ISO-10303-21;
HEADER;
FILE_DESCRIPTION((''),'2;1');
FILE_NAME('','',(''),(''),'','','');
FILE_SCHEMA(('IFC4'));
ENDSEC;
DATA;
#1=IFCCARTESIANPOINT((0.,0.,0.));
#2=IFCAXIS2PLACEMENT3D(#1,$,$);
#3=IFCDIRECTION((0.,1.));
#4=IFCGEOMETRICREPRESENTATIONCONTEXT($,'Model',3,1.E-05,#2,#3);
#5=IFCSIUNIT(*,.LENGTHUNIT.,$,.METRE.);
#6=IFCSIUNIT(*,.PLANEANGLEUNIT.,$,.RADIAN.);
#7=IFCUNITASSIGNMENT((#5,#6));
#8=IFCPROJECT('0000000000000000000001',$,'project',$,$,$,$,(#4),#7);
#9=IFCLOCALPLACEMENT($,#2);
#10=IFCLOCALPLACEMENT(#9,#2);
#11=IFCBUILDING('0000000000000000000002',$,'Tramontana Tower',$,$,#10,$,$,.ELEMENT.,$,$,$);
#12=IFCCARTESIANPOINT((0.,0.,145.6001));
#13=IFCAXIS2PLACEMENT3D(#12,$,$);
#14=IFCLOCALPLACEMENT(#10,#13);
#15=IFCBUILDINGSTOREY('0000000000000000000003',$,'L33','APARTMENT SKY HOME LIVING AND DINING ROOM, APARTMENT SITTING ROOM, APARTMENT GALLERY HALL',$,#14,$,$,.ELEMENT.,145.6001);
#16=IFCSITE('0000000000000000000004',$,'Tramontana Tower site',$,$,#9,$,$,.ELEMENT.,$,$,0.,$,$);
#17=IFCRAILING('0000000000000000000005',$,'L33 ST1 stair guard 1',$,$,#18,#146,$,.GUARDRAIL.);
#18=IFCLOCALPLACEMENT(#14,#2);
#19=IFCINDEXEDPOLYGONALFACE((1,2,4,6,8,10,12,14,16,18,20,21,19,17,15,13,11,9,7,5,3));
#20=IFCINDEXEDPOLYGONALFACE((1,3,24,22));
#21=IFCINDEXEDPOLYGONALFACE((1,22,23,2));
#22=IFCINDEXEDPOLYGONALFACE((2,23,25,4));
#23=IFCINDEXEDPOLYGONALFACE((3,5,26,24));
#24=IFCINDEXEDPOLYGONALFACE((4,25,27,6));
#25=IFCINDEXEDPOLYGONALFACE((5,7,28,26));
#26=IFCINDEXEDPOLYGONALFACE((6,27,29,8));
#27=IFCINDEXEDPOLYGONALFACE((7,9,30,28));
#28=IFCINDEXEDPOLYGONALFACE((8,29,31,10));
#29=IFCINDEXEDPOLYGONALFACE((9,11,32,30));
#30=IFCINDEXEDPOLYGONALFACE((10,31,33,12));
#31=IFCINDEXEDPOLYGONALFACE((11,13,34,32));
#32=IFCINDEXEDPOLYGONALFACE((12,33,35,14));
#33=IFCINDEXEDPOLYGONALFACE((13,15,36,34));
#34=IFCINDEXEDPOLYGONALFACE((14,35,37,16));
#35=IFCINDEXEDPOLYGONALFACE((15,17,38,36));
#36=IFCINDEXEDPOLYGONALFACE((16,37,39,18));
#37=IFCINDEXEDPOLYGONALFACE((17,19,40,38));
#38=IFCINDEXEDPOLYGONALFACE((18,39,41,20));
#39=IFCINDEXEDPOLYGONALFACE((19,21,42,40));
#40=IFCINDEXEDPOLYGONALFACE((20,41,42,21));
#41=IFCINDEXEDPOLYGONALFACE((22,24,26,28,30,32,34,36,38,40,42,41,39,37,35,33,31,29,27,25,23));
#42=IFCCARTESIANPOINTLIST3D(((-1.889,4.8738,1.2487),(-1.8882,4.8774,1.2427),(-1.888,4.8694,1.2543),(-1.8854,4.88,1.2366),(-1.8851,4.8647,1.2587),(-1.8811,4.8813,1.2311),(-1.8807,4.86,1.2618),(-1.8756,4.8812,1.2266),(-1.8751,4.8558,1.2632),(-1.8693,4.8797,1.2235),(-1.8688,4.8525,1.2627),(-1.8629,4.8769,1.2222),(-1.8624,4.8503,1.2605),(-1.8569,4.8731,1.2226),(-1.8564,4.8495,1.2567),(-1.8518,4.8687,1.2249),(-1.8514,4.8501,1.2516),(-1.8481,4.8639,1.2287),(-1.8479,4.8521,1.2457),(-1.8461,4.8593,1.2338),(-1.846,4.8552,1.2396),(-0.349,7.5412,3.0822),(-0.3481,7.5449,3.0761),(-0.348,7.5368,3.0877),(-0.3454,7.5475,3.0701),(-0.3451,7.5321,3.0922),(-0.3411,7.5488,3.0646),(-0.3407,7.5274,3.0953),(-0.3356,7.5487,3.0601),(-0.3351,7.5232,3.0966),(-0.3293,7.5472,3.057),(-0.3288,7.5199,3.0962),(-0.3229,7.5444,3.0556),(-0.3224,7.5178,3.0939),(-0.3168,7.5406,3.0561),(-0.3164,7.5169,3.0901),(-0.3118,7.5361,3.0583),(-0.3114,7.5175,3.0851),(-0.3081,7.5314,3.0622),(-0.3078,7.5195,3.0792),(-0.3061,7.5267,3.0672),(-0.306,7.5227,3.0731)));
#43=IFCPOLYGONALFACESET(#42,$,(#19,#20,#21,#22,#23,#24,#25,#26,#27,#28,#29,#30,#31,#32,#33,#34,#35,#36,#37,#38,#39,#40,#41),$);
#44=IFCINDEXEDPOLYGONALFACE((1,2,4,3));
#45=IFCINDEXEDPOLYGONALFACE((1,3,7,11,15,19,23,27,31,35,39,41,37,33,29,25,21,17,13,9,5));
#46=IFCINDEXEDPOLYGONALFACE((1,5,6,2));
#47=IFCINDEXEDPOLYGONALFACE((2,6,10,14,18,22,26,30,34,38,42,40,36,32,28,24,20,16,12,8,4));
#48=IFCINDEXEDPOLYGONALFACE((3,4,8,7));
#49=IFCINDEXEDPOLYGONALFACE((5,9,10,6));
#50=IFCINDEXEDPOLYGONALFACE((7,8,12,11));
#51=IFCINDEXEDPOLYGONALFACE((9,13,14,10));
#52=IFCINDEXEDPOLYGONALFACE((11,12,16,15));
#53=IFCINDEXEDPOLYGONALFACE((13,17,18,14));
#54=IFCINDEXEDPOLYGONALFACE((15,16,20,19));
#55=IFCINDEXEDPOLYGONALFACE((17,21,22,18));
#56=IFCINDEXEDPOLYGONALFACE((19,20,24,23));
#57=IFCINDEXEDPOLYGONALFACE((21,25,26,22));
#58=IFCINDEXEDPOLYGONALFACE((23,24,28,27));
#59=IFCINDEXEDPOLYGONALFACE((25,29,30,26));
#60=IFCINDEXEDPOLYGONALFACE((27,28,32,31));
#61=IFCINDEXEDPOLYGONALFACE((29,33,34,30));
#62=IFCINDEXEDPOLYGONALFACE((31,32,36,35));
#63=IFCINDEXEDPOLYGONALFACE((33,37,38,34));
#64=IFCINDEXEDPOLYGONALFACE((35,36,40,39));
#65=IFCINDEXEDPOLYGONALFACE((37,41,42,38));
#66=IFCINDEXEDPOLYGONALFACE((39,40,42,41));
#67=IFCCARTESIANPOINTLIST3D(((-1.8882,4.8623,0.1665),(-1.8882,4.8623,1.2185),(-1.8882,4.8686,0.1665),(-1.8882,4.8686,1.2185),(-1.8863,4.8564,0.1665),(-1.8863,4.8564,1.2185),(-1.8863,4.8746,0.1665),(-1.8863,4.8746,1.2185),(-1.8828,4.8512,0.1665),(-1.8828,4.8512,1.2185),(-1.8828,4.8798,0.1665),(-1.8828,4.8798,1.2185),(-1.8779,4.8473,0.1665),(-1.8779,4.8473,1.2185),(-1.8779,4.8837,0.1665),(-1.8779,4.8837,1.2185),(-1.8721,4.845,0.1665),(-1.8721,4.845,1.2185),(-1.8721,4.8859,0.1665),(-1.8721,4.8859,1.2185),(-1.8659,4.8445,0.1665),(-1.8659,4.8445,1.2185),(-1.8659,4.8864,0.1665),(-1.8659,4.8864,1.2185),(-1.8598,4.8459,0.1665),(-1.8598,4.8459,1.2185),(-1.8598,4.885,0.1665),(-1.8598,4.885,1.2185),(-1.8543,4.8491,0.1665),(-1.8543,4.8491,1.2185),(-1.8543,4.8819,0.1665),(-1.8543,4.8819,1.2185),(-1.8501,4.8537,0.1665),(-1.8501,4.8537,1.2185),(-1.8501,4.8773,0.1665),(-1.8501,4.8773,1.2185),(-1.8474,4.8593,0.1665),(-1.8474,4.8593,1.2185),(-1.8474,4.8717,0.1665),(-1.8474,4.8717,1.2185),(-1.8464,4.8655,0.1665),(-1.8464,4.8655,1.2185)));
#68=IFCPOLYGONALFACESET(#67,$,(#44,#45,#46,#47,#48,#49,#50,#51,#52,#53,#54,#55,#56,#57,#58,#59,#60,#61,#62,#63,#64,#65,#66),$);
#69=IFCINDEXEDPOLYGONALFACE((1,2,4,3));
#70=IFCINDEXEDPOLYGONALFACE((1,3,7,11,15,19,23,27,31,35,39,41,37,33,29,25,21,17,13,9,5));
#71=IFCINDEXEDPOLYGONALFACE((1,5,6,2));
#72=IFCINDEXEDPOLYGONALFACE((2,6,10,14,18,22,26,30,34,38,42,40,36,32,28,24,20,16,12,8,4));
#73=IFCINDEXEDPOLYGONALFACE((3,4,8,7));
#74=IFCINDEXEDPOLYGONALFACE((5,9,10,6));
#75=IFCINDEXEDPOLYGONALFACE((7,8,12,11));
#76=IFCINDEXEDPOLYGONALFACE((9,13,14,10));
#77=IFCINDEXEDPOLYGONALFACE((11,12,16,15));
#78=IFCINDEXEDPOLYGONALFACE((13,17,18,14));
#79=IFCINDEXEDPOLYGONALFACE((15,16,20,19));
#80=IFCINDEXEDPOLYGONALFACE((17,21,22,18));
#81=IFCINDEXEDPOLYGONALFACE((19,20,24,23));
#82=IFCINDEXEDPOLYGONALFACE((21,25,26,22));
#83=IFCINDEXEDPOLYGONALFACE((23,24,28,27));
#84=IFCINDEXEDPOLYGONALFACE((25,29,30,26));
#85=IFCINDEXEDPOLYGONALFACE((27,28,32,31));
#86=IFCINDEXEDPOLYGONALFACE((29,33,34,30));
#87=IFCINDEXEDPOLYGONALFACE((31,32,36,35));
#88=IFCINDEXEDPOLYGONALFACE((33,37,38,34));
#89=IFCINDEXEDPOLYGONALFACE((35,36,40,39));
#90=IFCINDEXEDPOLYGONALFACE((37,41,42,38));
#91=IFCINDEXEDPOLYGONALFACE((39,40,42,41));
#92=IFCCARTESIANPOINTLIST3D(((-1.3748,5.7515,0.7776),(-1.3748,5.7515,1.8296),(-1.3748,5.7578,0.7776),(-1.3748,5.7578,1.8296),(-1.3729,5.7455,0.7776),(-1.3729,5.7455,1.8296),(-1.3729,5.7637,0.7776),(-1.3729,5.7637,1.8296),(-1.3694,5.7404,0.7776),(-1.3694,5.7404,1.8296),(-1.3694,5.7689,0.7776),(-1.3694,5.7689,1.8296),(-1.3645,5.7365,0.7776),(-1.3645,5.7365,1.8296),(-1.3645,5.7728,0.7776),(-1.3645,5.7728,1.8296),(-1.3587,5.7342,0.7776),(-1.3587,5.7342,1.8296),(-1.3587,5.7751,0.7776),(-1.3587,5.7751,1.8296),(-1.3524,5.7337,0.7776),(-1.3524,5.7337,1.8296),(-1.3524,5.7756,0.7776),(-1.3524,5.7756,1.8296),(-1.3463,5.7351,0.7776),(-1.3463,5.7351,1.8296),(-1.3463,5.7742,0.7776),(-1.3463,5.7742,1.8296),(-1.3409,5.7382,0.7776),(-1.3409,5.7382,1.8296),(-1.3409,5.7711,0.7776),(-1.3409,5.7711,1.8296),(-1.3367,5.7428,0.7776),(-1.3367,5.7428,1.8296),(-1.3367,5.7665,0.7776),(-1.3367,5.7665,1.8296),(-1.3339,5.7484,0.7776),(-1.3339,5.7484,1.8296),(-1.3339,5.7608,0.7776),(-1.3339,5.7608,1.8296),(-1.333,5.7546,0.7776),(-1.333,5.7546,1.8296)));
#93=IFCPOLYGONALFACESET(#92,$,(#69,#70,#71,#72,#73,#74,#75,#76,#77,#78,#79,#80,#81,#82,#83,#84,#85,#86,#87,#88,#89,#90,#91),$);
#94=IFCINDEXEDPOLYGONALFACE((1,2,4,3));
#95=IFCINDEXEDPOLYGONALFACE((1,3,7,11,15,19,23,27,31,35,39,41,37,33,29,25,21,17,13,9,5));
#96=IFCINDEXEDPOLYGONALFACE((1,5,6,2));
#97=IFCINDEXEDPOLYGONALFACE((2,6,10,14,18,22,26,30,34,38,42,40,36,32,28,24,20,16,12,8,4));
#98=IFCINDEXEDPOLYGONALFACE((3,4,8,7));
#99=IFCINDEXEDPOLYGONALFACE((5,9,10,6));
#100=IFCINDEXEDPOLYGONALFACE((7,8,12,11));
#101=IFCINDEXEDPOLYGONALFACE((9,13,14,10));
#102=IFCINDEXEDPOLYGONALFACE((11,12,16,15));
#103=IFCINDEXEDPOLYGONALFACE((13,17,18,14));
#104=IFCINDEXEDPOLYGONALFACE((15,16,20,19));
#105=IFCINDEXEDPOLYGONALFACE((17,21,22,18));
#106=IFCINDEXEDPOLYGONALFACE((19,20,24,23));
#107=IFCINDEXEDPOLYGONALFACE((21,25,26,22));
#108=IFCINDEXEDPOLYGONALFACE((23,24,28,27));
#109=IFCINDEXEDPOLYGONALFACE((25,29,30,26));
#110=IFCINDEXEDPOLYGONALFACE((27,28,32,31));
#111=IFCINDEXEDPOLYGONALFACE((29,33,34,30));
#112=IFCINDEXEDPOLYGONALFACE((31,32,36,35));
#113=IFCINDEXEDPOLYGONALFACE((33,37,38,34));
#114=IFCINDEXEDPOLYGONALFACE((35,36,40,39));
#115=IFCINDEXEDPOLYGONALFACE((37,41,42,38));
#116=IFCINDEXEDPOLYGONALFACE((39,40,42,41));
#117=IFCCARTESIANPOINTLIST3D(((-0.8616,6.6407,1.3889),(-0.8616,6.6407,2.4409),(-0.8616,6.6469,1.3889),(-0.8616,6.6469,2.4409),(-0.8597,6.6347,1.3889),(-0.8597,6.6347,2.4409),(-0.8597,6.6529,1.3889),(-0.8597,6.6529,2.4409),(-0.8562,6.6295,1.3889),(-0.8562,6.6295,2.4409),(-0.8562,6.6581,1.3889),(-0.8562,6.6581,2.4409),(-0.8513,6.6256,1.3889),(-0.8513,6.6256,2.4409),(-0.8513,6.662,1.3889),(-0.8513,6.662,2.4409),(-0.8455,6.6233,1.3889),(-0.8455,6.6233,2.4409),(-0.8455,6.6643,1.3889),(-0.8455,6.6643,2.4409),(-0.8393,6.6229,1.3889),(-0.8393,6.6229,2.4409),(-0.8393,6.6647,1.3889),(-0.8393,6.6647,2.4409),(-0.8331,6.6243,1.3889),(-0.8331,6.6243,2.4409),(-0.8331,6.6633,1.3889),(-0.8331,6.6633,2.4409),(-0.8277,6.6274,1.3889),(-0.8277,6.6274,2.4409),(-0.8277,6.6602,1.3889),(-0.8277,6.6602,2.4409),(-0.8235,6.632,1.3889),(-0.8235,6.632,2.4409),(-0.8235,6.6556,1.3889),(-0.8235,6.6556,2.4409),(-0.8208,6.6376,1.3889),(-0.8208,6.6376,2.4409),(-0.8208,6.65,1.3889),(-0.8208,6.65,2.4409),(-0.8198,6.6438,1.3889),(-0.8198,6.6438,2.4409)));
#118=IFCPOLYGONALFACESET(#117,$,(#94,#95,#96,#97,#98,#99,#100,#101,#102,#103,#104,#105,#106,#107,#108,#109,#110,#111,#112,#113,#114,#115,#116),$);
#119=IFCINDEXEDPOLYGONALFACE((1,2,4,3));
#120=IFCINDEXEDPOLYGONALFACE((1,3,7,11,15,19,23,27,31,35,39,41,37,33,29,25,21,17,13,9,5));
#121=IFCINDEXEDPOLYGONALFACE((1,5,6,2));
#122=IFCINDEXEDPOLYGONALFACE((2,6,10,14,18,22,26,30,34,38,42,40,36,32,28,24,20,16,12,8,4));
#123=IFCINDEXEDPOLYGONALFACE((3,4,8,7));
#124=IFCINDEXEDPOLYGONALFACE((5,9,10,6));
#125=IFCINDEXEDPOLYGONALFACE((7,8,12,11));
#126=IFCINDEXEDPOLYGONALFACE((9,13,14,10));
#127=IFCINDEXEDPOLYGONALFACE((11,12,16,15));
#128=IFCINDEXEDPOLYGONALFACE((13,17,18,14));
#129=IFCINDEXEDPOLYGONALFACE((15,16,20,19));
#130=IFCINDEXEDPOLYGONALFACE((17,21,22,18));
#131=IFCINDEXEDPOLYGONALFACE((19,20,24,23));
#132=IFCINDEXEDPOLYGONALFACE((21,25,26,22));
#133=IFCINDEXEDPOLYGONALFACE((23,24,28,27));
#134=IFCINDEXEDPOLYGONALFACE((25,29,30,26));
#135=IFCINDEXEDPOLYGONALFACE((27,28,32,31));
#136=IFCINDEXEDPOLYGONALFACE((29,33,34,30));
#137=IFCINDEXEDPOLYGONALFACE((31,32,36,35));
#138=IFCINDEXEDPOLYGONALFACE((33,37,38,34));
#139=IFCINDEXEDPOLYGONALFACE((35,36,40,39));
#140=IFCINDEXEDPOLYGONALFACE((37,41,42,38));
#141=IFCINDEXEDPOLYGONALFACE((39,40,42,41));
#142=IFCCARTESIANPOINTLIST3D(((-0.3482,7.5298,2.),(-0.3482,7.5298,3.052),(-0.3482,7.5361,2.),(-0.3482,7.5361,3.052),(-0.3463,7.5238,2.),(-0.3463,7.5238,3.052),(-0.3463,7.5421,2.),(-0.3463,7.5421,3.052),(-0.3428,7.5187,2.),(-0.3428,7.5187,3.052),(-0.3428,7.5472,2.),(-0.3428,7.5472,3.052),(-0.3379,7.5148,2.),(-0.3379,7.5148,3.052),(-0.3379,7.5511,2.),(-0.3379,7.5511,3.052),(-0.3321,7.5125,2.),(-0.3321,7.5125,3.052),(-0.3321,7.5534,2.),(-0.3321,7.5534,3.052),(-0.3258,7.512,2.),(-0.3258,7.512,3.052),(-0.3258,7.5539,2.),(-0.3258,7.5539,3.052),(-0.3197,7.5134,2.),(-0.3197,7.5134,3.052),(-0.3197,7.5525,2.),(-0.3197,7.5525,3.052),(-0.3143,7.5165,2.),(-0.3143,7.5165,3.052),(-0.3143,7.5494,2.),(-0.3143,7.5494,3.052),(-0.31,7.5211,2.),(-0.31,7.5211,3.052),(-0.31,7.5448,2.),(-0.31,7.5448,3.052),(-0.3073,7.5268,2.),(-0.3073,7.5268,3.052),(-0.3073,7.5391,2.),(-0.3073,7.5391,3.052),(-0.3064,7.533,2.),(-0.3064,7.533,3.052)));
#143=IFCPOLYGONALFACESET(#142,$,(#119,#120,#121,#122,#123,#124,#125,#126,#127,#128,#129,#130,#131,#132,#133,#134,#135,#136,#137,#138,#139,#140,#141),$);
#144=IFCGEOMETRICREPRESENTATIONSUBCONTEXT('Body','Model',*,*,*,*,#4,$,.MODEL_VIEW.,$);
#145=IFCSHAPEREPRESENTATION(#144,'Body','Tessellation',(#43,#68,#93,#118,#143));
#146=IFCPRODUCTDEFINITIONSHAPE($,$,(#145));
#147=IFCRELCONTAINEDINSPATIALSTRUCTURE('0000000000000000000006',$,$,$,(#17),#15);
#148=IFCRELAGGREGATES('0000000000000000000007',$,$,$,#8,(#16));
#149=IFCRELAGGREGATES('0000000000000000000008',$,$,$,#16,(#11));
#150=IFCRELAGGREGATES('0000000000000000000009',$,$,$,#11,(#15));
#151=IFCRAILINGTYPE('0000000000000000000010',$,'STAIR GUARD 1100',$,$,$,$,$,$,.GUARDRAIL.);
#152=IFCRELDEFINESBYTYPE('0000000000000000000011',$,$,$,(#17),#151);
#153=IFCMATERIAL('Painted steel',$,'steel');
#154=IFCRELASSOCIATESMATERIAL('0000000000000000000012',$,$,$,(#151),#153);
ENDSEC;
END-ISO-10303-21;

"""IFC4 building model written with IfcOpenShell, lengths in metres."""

from ifc_helpers import new_model, si_unit, direction, frame, origin, origin_2d, place, context, subcontext, project, spatial, circle, extrude, material, type_object, element, save


model = new_model("IFC4")

# Units and contexts
model_context = context("Model", 3, precision=1e-05, world=origin(), true_north=direction((0.0, 1.0)))
body_context = subcontext(model_context, "Body", "Model", "MODEL_VIEW")
ifc_project = project(units=[si_unit("LENGTHUNIT", "METRE"), si_unit("PLANEANGLEUNIT", "RADIAN")], contexts=[model_context])

# Site, building, storey
site_placement = place(None, origin())
site = spatial("IfcSite", under=ifc_project, at=site_placement, Name="Tramontana Tower site", CompositionType="ELEMENT", RefElevation=0.0)
building_placement = place(site_placement, origin())
building = spatial("IfcBuilding", under=site, at=building_placement, Name="Tramontana Tower", CompositionType="ELEMENT")
storey_placement = place(building_placement, frame((0.0, 0.0, 145.6001)))
storey = spatial("IfcBuildingStorey", under=building, at=storey_placement, Name="L33", Description="APARTMENT SKY HOME LIVING AND DINING ROOM, APARTMENT SITTING ROOM, APARTMENT GALLERY HALL", CompositionType="ELEMENT", Elevation=145.6001)

# Railing
ifc_material_1 = material(Name="Painted steel", Category="steel")
railing_type_1 = type_object("IfcRailingType", Name="STAIR GUARD 1100", PredefinedType="GUARDRAIL", material=ifc_material_1)
railing_1_placement = place(storey_placement, frame((-1.8674, 4.8655, 0.1665)))
element("IfcRailing", 1, at=railing_1_placement, inside=storey, type_object=railing_type_1, Name="L33 ST1 stair guard 1", PredefinedType="GUARDRAIL", context=body_context, shape_type="SweptSolid", body=[
    extrude(circle(Radius=0.0239, at=origin_2d()), frame((0.0, 0.0, 1.0762), z_axis=(0.429634, 0.744164, 0.511502), x_axis=(-0.86603, 0.499992, 0.0)), (0.0, 0.0, 1.0), 3.5845),
    extrude(circle(Radius=0.021, at=origin_2d()), origin(), (0.0, 0.0, 1.0), 1.052),
    extrude(circle(Radius=0.021, at=origin_2d()), frame((0.5134, 0.8892, 0.6111)), (0.0, 0.0, 1.0), 1.052),
    extrude(circle(Radius=0.021, at=origin_2d()), frame((1.0266, 1.7783, 1.2224)), (0.0, 0.0, 1.0), 1.052),
    extrude(circle(Radius=0.021, at=origin_2d()), frame((1.54, 2.6675, 1.8335)), (0.0, 0.0, 1.0), 1.052),
])

save(model, "model.ifc")
